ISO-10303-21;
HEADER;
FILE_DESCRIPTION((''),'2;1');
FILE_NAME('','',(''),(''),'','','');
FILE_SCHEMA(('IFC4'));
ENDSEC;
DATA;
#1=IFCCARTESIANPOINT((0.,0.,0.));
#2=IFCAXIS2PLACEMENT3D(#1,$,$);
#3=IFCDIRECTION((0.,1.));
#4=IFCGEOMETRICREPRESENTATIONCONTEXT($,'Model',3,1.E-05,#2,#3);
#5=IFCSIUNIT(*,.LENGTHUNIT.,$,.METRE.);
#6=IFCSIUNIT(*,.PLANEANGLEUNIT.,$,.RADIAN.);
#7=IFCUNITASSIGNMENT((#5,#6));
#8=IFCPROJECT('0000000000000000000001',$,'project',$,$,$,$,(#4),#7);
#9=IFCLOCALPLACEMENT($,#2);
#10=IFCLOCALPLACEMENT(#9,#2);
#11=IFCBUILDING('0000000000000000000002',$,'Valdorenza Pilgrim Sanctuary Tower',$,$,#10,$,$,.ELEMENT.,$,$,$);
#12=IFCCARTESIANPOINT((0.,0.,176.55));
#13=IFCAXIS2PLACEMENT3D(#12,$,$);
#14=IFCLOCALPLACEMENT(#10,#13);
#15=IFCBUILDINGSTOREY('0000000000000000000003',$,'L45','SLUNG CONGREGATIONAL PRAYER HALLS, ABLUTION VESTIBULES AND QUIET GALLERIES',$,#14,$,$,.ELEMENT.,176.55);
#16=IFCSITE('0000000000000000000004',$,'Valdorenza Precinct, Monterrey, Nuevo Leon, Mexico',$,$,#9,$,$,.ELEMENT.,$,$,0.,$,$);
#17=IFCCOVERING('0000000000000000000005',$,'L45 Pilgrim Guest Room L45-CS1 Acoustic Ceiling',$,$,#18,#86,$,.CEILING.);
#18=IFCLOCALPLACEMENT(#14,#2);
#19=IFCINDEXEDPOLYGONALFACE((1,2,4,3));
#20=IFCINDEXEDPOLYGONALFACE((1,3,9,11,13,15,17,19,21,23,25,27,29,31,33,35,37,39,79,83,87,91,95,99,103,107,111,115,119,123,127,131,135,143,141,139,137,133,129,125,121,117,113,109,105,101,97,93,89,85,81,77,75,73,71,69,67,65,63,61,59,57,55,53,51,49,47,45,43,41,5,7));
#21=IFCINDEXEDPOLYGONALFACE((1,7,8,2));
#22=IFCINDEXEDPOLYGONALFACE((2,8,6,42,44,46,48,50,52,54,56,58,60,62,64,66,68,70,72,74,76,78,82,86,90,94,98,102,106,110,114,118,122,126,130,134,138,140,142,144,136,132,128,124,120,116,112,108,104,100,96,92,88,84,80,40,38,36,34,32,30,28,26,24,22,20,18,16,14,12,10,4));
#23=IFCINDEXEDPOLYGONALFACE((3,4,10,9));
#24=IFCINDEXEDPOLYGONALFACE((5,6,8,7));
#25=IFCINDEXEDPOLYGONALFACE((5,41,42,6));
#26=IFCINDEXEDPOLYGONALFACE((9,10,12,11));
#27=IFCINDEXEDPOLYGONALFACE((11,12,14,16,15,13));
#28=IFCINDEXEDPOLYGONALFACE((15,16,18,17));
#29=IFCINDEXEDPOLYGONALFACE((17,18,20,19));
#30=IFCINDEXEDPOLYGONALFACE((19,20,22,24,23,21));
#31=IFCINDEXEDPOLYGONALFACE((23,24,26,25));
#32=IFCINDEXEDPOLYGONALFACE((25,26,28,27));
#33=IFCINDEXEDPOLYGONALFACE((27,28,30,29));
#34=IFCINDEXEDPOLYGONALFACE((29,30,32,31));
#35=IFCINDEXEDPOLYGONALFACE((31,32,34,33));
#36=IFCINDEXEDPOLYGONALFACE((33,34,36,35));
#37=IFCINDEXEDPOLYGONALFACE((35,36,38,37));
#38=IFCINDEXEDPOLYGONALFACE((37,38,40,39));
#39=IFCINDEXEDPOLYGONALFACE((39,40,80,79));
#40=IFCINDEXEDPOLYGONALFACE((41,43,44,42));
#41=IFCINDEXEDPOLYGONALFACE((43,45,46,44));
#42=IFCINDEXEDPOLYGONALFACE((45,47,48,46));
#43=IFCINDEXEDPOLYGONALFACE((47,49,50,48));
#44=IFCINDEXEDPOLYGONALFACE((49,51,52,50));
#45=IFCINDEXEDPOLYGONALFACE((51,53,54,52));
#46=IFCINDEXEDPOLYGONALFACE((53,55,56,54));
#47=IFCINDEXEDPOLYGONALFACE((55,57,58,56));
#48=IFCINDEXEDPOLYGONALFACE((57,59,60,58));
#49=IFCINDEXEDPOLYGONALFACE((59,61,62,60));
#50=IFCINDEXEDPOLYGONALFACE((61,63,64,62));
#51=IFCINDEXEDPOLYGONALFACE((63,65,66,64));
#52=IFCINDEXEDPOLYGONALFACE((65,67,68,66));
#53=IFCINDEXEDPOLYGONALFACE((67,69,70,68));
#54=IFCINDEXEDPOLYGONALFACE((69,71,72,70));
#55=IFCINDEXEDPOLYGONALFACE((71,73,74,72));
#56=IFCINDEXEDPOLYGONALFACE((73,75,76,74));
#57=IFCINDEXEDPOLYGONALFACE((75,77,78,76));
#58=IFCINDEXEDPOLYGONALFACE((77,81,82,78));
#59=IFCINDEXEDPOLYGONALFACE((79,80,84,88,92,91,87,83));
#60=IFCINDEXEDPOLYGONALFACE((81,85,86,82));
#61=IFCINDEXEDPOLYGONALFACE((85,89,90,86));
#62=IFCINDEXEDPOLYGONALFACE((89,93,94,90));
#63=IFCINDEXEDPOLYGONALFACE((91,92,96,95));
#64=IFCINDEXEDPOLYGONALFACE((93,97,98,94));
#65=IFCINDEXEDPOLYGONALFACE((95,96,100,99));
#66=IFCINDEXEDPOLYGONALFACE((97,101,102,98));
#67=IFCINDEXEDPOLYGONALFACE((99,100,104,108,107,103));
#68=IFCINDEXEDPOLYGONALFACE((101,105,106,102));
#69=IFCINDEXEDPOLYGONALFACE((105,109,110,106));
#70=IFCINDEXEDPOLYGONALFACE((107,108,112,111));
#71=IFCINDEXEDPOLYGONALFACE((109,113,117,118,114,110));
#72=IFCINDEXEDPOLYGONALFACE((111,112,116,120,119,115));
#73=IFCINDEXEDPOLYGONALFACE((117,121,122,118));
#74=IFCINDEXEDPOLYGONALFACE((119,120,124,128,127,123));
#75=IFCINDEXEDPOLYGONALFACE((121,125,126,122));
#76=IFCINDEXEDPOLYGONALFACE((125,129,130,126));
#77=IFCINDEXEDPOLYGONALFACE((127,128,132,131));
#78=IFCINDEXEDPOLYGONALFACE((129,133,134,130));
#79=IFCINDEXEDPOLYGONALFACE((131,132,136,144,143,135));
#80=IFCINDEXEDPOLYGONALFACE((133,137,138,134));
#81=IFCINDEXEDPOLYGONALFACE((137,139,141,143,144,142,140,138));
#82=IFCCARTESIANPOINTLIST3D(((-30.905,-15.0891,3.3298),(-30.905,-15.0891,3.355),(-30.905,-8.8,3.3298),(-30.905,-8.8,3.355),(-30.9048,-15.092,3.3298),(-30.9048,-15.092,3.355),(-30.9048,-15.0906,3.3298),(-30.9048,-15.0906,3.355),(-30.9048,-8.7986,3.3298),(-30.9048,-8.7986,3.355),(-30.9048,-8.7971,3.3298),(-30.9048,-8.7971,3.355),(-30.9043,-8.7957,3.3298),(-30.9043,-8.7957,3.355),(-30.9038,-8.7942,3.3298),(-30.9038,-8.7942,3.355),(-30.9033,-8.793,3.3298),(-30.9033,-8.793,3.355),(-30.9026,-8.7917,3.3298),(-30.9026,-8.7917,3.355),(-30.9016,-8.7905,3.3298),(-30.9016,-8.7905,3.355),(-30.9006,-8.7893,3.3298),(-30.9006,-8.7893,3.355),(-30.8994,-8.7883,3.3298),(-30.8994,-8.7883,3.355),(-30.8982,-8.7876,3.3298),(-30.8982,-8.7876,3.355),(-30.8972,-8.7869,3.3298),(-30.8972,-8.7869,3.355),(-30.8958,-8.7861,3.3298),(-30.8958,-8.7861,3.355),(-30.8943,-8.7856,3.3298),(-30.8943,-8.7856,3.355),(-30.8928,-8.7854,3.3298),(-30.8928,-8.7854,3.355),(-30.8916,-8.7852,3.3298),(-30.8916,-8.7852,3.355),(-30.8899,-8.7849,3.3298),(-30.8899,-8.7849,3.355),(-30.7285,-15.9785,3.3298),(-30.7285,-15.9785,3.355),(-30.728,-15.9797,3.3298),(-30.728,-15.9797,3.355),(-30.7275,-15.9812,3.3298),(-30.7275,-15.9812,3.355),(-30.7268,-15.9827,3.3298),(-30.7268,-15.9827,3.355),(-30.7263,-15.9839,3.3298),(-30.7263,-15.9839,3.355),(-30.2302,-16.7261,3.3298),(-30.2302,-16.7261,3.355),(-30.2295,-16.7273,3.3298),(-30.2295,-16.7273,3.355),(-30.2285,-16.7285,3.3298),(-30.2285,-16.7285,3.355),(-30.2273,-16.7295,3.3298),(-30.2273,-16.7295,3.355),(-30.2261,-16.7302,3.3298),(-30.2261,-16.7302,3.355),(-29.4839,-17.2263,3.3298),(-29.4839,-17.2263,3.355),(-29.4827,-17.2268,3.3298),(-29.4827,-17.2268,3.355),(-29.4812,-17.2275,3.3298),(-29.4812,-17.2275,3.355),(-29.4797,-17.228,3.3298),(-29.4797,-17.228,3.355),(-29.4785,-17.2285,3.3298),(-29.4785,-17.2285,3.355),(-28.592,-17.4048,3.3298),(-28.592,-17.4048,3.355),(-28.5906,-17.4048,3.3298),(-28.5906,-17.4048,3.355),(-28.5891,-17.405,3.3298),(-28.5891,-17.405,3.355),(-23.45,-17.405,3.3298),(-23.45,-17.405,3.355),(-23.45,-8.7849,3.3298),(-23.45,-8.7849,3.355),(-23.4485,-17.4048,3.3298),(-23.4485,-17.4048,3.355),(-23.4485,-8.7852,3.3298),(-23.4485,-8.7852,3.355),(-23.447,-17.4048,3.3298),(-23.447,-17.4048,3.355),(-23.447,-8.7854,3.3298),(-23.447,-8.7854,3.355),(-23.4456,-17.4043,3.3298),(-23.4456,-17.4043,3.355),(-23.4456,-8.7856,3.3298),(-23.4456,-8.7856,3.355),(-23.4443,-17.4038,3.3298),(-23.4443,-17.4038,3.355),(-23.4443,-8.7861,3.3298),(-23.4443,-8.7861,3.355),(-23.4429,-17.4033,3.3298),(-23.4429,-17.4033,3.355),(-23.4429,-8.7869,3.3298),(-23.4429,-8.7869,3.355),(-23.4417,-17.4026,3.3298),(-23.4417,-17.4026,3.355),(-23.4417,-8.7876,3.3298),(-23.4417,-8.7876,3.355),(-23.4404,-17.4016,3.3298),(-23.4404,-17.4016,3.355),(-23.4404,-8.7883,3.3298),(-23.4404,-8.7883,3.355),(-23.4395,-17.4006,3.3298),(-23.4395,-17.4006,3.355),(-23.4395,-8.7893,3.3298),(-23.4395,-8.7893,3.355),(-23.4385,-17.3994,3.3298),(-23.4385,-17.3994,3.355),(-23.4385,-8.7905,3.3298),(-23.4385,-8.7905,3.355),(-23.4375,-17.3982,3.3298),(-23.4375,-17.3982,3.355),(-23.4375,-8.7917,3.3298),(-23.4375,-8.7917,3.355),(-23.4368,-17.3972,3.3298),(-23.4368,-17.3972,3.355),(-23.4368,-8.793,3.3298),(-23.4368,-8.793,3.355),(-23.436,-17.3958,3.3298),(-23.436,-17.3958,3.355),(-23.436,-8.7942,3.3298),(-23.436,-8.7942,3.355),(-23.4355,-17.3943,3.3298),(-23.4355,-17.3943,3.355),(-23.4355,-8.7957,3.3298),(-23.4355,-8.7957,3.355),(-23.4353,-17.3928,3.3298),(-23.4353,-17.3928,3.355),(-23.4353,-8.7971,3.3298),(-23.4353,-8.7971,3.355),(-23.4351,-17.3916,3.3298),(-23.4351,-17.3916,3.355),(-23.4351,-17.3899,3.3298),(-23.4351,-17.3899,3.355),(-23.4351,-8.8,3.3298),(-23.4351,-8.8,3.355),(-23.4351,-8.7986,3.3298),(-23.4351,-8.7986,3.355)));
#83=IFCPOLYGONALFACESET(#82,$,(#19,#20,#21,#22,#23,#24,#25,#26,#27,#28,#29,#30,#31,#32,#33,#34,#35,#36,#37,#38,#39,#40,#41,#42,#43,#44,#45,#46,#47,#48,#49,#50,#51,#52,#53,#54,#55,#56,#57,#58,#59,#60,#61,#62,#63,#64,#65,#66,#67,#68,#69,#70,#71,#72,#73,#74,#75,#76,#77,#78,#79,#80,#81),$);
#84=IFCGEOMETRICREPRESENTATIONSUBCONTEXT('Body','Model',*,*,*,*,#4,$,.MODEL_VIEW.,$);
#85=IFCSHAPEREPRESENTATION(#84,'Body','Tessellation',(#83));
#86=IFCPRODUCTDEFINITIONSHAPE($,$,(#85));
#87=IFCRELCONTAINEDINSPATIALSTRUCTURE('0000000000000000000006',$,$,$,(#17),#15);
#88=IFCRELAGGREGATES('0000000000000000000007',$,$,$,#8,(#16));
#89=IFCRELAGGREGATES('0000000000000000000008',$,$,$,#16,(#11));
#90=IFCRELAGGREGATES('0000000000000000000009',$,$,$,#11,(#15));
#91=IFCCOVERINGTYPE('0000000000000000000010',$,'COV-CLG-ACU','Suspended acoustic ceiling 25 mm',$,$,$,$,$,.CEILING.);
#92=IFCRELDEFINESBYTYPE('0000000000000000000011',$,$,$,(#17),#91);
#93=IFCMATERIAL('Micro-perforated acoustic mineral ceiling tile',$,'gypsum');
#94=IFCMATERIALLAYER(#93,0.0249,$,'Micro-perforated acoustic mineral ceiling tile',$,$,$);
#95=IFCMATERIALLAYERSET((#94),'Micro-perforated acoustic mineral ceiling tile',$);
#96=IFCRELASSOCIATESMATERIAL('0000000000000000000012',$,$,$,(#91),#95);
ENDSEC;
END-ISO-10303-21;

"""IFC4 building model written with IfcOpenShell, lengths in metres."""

from ifc_helpers import new_model, si_unit, direction, frame, origin, place, context, subcontext, project, spatial, polyline, outline, extrude, material, layer, layer_set, type_object, element, save


model = new_model("IFC4")

# Units and contexts
model_context = context("Model", 3, precision=1e-05, world=origin(), true_north=direction((0.0, 1.0)))
body_context = subcontext(model_context, "Body", "Model", "MODEL_VIEW")
ifc_project = project(units=[si_unit("LENGTHUNIT", "METRE"), si_unit("PLANEANGLEUNIT", "RADIAN")], contexts=[model_context])

# Site, building, storey
site_placement = place(None, origin())
site = spatial("IfcSite", under=ifc_project, at=site_placement, Name="Valdorenza Precinct, Monterrey, Nuevo Leon, Mexico", CompositionType="ELEMENT", RefElevation=0.0)
building_placement = place(site_placement, origin())
building = spatial("IfcBuilding", under=site, at=building_placement, Name="Valdorenza Pilgrim Sanctuary Tower", CompositionType="ELEMENT")
storey_placement = place(building_placement, frame((0.0, 0.0, 176.55)))
storey = spatial("IfcBuildingStorey", under=building, at=storey_placement, Name="L45", Description="SLUNG CONGREGATIONAL PRAYER HALLS, ABLUTION VESTIBULES AND QUIET GALLERIES", CompositionType="ELEMENT", Elevation=176.55)

# Covering
ifc_material_1 = material(Name="Micro-perforated acoustic mineral ceiling tile", Category="gypsum")
ifc_layer_1 = layer(ifc_material_1, 0.0249, Name="Micro-perforated acoustic mineral ceiling tile")
ifc_layer_set_1 = layer_set([ifc_layer_1], Name="Micro-perforated acoustic mineral ceiling tile")
covering_type_1 = type_object("IfcCoveringType", Name="COV-CLG-ACU", Description="Suspended acoustic ceiling 25 mm", PredefinedType="CEILING", material=ifc_layer_set_1)
covering_1_placement = place(storey_placement, frame((0.0, 0.0, 3.3298)))
element("IfcCovering", 1, at=covering_1_placement, inside=storey, type_object=covering_type_1, Name="L45 Pilgrim Guest Room L45-CS1 Acoustic Ceiling", PredefinedType="CEILING", context=body_context, shape_type="SweptSolid", body=[
    extrude(outline(polyline([(-23.45, -8.7849), (-23.4485, -8.7852), (-23.447, -8.7854), (-23.4456, -8.7856), (-23.4443, -8.7861), (-23.4429, -8.7869), (-23.4417, -8.7876), (-23.4404, -8.7883), (-23.4395, -8.7893), (-23.4385, -8.7905), (-23.4375, -8.7917), (-23.4368, -8.793), (-23.436, -8.7942), (-23.4355, -8.7957), (-23.4353, -8.7971), (-23.4351, -8.7986), (-23.4351, -8.8), (-23.4351, -17.3899), (-23.4351, -17.3916), (-23.4353, -17.3928), (-23.4355, -17.3943), (-23.436, -17.3958), (-23.4368, -17.3972), (-23.4375, -17.3982), (-23.4385, -17.3994), (-23.4395, -17.4006), (-23.4404, -17.4016), (-23.4417, -17.4026), (-23.4429, -17.4033), (-23.4443, -17.4038), (-23.4456, -17.4043), (-23.447, -17.4048), (-23.4485, -17.4048), (-23.45, -17.405), (-28.5891, -17.405), (-28.5906, -17.4048), (-28.592, -17.4048), (-29.4785, -17.2285), (-29.4797, -17.228), (-29.4812, -17.2275), (-29.4827, -17.2268), (-29.4839, -17.2263), (-30.2261, -16.7302), (-30.2273, -16.7295), (-30.2285, -16.7285), (-30.2295, -16.7273), (-30.2302, -16.7261), (-30.7263, -15.9839), (-30.7268, -15.9827), (-30.7275, -15.9812), (-30.728, -15.9797), (-30.7285, -15.9785), (-30.9048, -15.092), (-30.9048, -15.0906), (-30.905, -15.0891), (-30.905, -8.8), (-30.9048, -8.7986), (-30.9048, -8.7971), (-30.9043, -8.7957), (-30.9038, -8.7942), (-30.9033, -8.793), (-30.9026, -8.7917), (-30.9016, -8.7905), (-30.9006, -8.7893), (-30.8994, -8.7883), (-30.8982, -8.7876), (-30.8972, -8.7869), (-30.8958, -8.7861), (-30.8943, -8.7856), (-30.8928, -8.7854), (-30.8916, -8.7852), (-30.8899, -8.7849), (-23.45, -8.7849)])), origin(), (0.0, 0.0, 1.0), 0.0251),
])

save(model, "model.ifc")
